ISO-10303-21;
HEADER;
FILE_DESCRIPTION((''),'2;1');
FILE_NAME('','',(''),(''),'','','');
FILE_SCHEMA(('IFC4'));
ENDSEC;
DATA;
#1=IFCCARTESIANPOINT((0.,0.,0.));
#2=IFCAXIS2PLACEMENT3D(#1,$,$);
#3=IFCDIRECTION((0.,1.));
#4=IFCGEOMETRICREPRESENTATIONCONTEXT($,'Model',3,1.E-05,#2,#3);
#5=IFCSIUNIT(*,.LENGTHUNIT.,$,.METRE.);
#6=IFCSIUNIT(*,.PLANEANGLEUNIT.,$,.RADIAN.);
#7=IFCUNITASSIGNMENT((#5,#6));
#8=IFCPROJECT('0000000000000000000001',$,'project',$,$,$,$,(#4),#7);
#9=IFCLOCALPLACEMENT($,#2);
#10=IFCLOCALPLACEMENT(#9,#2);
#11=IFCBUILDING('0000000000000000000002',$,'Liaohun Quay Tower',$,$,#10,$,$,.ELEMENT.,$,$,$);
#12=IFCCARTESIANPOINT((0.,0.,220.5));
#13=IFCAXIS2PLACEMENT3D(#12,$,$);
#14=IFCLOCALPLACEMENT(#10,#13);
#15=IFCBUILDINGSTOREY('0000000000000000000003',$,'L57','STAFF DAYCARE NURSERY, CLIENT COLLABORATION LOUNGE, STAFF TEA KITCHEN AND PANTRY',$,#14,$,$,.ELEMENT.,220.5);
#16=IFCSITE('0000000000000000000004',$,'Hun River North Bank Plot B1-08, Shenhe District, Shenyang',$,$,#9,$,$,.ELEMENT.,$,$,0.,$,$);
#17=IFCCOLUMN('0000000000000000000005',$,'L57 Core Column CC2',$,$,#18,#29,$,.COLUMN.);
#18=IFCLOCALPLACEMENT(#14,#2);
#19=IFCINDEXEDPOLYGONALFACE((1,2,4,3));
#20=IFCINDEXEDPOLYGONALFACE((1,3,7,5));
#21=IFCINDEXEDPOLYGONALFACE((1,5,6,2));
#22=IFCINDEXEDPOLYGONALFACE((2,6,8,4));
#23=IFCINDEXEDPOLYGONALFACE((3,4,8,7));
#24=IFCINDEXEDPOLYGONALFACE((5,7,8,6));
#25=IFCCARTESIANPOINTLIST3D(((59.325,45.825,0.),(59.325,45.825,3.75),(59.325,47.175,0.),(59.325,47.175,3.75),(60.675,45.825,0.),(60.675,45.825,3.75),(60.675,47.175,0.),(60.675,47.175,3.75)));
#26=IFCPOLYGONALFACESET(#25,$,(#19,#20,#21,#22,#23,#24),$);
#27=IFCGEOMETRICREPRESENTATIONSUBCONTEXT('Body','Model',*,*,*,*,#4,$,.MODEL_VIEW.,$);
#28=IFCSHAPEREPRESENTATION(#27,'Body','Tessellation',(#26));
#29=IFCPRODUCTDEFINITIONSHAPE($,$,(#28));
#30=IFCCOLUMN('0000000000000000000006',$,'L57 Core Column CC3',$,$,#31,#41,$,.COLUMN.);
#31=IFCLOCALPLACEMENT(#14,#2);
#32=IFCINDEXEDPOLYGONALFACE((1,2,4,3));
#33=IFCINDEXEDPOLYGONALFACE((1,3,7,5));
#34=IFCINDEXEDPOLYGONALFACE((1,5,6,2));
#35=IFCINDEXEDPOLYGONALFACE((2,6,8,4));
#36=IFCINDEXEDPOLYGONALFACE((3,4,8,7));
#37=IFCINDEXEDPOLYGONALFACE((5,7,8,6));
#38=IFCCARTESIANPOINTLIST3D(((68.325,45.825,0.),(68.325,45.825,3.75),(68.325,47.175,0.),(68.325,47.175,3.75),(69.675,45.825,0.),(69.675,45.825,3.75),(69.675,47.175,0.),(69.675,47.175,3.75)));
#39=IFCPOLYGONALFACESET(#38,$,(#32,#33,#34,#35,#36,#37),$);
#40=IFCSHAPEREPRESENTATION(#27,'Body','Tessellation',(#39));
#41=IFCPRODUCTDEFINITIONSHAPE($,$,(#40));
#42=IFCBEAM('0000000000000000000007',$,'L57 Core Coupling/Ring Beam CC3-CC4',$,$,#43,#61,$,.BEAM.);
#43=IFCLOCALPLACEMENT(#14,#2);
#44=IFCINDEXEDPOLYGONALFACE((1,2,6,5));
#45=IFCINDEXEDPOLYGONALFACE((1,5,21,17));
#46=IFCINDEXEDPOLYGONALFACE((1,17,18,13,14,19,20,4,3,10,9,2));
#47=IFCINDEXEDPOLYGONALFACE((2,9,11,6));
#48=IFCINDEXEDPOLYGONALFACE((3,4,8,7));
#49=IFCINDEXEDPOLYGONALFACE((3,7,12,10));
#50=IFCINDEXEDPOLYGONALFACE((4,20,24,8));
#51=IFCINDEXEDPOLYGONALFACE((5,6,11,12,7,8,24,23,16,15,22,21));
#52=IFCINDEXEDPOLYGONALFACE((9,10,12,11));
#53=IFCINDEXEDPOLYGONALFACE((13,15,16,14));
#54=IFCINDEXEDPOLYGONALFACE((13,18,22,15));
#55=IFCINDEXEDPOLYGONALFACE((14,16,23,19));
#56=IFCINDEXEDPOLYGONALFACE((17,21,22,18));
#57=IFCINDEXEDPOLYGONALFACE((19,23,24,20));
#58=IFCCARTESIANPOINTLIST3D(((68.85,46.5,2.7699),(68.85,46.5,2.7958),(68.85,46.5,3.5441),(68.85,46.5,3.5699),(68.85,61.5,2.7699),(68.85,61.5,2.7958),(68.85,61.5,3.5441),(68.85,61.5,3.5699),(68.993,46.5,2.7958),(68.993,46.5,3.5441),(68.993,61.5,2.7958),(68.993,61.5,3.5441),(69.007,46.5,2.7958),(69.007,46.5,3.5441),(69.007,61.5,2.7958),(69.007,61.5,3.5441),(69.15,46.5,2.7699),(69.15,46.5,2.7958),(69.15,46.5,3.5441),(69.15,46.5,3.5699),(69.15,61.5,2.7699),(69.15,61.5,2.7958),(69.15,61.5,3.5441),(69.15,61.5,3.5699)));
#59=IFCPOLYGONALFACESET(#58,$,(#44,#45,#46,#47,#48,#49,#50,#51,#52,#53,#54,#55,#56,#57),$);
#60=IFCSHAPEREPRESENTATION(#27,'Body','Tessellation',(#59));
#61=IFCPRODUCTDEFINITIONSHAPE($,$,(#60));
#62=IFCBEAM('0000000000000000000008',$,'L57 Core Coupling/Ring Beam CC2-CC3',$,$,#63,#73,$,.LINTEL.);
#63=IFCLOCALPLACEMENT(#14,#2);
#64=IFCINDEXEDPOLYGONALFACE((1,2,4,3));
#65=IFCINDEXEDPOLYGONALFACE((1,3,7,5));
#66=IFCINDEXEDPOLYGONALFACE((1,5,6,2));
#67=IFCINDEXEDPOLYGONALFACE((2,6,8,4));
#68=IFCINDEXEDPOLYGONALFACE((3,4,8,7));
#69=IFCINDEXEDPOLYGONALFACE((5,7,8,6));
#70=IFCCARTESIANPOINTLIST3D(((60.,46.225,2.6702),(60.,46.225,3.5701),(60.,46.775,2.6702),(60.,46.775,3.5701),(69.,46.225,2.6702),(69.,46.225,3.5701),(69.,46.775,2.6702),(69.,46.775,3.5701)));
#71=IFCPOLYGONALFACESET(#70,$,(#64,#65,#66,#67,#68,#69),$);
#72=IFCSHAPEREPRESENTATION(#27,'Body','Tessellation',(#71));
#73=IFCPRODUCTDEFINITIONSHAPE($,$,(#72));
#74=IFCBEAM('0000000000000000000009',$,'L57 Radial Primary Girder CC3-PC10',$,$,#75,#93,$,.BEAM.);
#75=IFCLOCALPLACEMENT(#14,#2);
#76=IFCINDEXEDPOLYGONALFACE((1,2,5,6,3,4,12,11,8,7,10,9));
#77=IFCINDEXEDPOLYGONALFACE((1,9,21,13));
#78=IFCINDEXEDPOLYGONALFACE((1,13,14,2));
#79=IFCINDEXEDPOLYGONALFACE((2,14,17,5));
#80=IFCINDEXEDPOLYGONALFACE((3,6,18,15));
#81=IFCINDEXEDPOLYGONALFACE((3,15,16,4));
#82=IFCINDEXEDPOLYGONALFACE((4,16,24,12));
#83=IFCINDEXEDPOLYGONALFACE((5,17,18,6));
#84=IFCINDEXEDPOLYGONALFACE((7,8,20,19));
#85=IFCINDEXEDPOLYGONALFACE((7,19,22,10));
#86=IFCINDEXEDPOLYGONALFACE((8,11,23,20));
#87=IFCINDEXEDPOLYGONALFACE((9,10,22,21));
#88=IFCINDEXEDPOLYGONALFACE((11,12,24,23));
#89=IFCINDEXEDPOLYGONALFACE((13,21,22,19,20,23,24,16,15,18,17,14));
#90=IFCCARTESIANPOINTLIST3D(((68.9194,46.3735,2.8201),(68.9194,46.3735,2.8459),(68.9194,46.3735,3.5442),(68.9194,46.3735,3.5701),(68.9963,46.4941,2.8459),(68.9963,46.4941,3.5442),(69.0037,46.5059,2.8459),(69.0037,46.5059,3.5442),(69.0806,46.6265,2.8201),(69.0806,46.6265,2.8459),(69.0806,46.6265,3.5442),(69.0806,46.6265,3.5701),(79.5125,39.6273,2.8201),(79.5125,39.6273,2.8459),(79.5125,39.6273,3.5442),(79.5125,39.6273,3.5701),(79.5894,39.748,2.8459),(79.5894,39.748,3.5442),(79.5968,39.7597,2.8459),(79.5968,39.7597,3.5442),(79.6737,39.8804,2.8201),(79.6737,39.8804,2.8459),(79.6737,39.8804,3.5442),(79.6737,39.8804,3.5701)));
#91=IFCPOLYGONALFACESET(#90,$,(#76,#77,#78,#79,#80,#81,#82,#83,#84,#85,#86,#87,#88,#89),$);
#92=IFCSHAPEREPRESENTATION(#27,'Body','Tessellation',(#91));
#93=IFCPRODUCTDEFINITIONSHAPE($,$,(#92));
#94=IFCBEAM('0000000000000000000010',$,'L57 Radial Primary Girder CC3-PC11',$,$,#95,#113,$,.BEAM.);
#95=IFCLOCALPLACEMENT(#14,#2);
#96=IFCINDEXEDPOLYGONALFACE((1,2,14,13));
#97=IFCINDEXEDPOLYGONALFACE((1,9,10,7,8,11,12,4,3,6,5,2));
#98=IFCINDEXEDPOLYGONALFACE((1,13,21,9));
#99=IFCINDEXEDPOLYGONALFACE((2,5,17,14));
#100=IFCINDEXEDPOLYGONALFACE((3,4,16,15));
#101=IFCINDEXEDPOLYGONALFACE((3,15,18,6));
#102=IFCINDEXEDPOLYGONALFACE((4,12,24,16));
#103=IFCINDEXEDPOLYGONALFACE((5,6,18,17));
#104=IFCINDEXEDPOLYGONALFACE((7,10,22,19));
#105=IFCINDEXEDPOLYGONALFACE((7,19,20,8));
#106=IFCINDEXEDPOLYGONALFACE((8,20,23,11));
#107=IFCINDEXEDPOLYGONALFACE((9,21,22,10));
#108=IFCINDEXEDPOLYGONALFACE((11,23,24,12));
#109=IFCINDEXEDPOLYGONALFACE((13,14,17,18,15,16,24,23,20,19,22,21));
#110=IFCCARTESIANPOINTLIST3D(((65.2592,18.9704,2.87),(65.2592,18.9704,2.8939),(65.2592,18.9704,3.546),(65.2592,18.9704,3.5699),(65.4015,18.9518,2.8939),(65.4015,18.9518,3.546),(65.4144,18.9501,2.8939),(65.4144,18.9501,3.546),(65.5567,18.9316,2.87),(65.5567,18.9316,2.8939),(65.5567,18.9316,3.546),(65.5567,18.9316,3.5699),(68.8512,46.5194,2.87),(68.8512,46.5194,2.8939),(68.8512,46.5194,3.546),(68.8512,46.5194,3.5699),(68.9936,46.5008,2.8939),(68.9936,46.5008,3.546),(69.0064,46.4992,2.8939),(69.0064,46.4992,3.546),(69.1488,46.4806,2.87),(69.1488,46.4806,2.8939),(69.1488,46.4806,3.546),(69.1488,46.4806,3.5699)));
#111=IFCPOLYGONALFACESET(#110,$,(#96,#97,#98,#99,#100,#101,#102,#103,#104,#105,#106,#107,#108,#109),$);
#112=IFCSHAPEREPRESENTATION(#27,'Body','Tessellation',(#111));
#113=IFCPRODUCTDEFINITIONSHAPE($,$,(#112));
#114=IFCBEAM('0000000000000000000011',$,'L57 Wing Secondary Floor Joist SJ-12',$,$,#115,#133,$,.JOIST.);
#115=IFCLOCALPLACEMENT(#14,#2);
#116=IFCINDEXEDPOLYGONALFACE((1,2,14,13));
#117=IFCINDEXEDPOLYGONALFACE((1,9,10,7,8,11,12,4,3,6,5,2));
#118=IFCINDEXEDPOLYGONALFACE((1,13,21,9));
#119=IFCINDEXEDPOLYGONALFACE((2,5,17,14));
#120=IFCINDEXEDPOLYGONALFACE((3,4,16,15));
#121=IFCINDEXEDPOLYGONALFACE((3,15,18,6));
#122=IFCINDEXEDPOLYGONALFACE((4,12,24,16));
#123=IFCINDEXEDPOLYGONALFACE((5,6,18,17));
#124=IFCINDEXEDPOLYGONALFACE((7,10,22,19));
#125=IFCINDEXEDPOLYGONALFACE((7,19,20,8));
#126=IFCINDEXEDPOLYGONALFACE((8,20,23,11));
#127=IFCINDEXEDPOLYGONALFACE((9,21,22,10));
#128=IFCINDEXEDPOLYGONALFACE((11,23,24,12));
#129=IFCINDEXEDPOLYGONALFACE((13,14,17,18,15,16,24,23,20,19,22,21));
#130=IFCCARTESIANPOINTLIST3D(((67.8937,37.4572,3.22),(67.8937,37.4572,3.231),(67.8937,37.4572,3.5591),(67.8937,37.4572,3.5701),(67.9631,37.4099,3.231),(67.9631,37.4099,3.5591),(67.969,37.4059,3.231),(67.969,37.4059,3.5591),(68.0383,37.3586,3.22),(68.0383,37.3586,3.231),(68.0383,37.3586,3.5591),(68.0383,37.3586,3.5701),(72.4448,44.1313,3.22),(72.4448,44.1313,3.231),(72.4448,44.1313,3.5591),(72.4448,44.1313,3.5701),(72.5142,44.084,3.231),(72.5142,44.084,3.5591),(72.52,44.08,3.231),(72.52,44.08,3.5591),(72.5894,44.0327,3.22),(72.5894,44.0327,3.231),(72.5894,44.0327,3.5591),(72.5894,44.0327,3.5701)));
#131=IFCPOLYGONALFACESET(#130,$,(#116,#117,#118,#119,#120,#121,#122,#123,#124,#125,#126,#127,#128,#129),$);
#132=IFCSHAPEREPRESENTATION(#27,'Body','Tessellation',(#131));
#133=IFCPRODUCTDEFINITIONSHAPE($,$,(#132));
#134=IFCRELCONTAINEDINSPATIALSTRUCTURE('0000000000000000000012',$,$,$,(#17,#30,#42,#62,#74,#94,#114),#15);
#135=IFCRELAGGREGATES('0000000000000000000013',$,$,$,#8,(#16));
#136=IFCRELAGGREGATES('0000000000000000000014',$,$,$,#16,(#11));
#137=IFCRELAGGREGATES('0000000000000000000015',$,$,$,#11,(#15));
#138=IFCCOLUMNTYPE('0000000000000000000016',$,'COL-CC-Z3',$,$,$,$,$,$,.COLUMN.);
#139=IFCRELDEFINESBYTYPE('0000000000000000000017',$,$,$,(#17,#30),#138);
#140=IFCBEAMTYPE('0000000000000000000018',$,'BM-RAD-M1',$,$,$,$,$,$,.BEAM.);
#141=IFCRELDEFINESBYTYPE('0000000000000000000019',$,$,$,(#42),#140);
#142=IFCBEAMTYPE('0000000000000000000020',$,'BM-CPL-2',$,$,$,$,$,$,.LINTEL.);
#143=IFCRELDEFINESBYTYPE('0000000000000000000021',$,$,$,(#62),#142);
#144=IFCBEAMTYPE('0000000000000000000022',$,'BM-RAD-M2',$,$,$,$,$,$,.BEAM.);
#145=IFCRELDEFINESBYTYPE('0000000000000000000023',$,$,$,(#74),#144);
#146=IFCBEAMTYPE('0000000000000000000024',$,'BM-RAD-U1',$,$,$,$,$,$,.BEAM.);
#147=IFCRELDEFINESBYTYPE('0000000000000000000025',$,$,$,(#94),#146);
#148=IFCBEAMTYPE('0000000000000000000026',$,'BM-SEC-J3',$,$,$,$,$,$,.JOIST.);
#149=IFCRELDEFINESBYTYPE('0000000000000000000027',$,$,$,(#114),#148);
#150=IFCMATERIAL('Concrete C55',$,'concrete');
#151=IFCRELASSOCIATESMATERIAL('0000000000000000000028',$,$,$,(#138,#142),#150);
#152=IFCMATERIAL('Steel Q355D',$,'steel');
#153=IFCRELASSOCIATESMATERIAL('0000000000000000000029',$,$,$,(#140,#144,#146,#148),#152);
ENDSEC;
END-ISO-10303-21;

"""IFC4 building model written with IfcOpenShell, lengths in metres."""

from ifc_helpers import new_model, si_unit, direction, frame, origin, origin_2d, place, context, subcontext, project, spatial, rectangle, i_section, extrude, source, transform, mapped, material, material_profile, profile_set, type_object, element, save


model = new_model("IFC4")

# Units and contexts
model_context = context("Model", 3, precision=1e-05, world=origin(), true_north=direction((0.0, 1.0)))
body_context = subcontext(model_context, "Body", "Model", "MODEL_VIEW")
ifc_project = project(units=[si_unit("LENGTHUNIT", "METRE"), si_unit("PLANEANGLEUNIT", "RADIAN")], contexts=[model_context])

# Site, building, storey
site_placement = place(None, origin())
site = spatial("IfcSite", under=ifc_project, at=site_placement, Name="Hun River North Bank Plot B1-08, Shenhe District, Shenyang", CompositionType="ELEMENT", RefElevation=0.0)
building_placement = place(site_placement, origin())
building = spatial("IfcBuilding", under=site, at=building_placement, Name="Liaohun Quay Tower", CompositionType="ELEMENT")
storey_placement = place(building_placement, frame((0.0, 0.0, 220.5)))
storey = spatial("IfcBuildingStorey", under=building, at=storey_placement, Name="L57", Description="STAFF DAYCARE NURSERY, CLIENT COLLABORATION LOUNGE, STAFF TEA KITCHEN AND PANTRY", CompositionType="ELEMENT", Elevation=220.5)

# Columns
ifc_material_1 = material(Name="Concrete C55", Category="concrete")
ifc_material_profile_1 = material_profile(ifc_material_1, rectangle(XDim=1.3501, YDim=1.3501, at=origin_2d()), Name="RC1350x1350")
ifc_profile_set_1 = profile_set([ifc_material_profile_1], Name="Concrete C55")
column_type = type_object("IfcColumnType", Name="COL-CC-Z3", PredefinedType="COLUMN", material=ifc_profile_set_1)
shared_shape_1 = source(origin(), body_context, "Body", "SweptSolid", [
    extrude(rectangle(XDim=1.3501, YDim=1.3501, at=origin_2d()), origin(), (0.0, 0.0, 1.0), 3.75),
])
for number, where, z_axis, x_axis, name in (
    (1, (60.0, 46.5, 0.0), (0.0, 0.0, 1.0), (1.0, 0.0, 0.0), "L57 Core Column CC2"),
    (2, (69.0, 46.5, 0.0), (0.0, 0.0, 1.0), (1.0, 0.0, 0.0), "L57 Core Column CC3"),
):
    element("IfcColumn", number, at=place(storey_placement, frame(where, z_axis=z_axis, x_axis=x_axis)), inside=storey, type_object=column_type, Name=name, PredefinedType="COLUMN", context=body_context, shape_type="MappedRepresentation", body=[
        mapped(shared_shape_1, transform((0.0, 0.0, 0.0), x_axis=(1.0, 0.0, 0.0), y_axis=(0.0, 1.0, 0.0), z_axis=(0.0, 0.0, 1.0), scale=1.0)),
    ])

# Beams
ifc_material_2 = material(Name="Steel Q355D", Category="steel")
ifc_material_profile_2 = material_profile(ifc_material_2, i_section(OverallWidth=0.3, OverallDepth=0.8, WebThickness=0.0139, FlangeThickness=0.0259, at=origin_2d()), Name="HN800x300x14x26")
ifc_profile_set_2 = profile_set([ifc_material_profile_2], Name="Steel Q355D")
beam_type_1 = type_object("IfcBeamType", Name="BM-RAD-M1", PredefinedType="BEAM", material=ifc_profile_set_2)
shared_shape_2 = source(origin(), body_context, "Body", "SweptSolid", [
    extrude(i_section(OverallWidth=0.3, OverallDepth=0.8, WebThickness=0.0139, FlangeThickness=0.0259, at=origin_2d()), origin(), (0.0, 0.0, 1.0), 15.0),
])
beam_1_placement = place(storey_placement, frame((69.0, 46.5, 3.1699), z_axis=(0.0, 1.0, 0.0), x_axis=(-1.0, 0.0, 0.0)))
element("IfcBeam", 3, at=beam_1_placement, inside=storey, type_object=beam_type_1, Name="L57 Core Coupling/Ring Beam CC3-CC4", PredefinedType="BEAM", context=body_context, shape_type="MappedRepresentation", body=[
    mapped(shared_shape_2, transform((0.0, 0.0, 0.0), x_axis=(1.0, 0.0, 0.0), y_axis=(0.0, 1.0, 0.0), z_axis=(0.0, 0.0, 1.0), scale=1.0)),
])
ifc_material_profile_3 = material_profile(ifc_material_1, rectangle(XDim=0.55, YDim=0.8999, at=origin_2d()), Name="RC550x900")
ifc_profile_set_3 = profile_set([ifc_material_profile_3], Name="Concrete C55")
beam_type_2 = type_object("IfcBeamType", Name="BM-CPL-2", PredefinedType="LINTEL", material=ifc_profile_set_3)
shared_shape_3 = source(origin(), body_context, "Body", "SweptSolid", [
    extrude(rectangle(XDim=0.55, YDim=0.8999, at=origin_2d()), origin(), (0.0, 0.0, 1.0), 9.0),
])
beam_2_placement = place(storey_placement, frame((60.0, 46.5, 3.1201), z_axis=(1.0, 0.0, 0.0), x_axis=(0.0, 1.0, 0.0)))
element("IfcBeam", 4, at=beam_2_placement, inside=storey, type_object=beam_type_2, Name="L57 Core Coupling/Ring Beam CC2-CC3", PredefinedType="LINTEL", context=body_context, shape_type="MappedRepresentation", body=[
    mapped(shared_shape_3, transform((0.0, 0.0, 0.0), x_axis=(1.0, 0.0, 0.0), y_axis=(0.0, 1.0, 0.0), z_axis=(0.0, 0.0, 1.0), scale=1.0)),
])
ifc_material_profile_4 = material_profile(ifc_material_2, i_section(OverallWidth=0.3, OverallDepth=0.75, WebThickness=0.0139, FlangeThickness=0.0259, at=origin_2d()), Name="HN750x300x14x26")
ifc_profile_set_4 = profile_set([ifc_material_profile_4], Name="Steel Q355D")
beam_type_3 = type_object("IfcBeamType", Name="BM-RAD-M2", PredefinedType="BEAM", material=ifc_profile_set_4)
shared_shape_4 = source(origin(), body_context, "Body", "SweptSolid", [
    extrude(i_section(OverallWidth=0.3, OverallDepth=0.75, WebThickness=0.0139, FlangeThickness=0.0259, at=origin_2d()), origin(), (0.0, 0.0, 1.0), 12.5588),
])
beam_3_placement = place(storey_placement, frame((69.0, 46.5, 3.1951), z_axis=(0.843478, -0.537164, 0.0), x_axis=(0.537164, 0.843478, 0.0)))
element("IfcBeam", 5, at=beam_3_placement, inside=storey, type_object=beam_type_3, Name="L57 Radial Primary Girder CC3-PC10", PredefinedType="BEAM", context=body_context, shape_type="MappedRepresentation", body=[
    mapped(shared_shape_4, transform((0.0, 0.0, 0.0), x_axis=(1.0, 0.0, 0.0), y_axis=(0.0, 1.0, 0.0), z_axis=(0.0, 0.0, 1.0), scale=1.0)),
])
ifc_material_profile_5 = material_profile(ifc_material_2, i_section(OverallWidth=0.3, OverallDepth=0.7, WebThickness=0.0129, FlangeThickness=0.0239, at=origin_2d()), Name="HN700x300x13x24")
ifc_profile_set_5 = profile_set([ifc_material_profile_5], Name="Steel Q355D")
beam_type_4 = type_object("IfcBeamType", Name="BM-RAD-U1", PredefinedType="BEAM", material=ifc_profile_set_5)
shared_shape_5 = source(origin(), body_context, "Body", "SweptSolid", [
    extrude(i_section(OverallWidth=0.3, OverallDepth=0.7, WebThickness=0.0129, FlangeThickness=0.0239, at=origin_2d()), origin(), (0.0, 0.0, 1.0), 27.7822),
])
beam_4_placement = place(storey_placement, frame((69.0, 46.5, 3.22), z_axis=(-0.129293, -0.991606, 0.0), x_axis=(0.991606, -0.129293, 0.0)))
element("IfcBeam", 6, at=beam_4_placement, inside=storey, type_object=beam_type_4, Name="L57 Radial Primary Girder CC3-PC11", PredefinedType="BEAM", context=body_context, shape_type="MappedRepresentation", body=[
    mapped(shared_shape_5, transform((0.0, 0.0, 0.0), x_axis=(1.0, 0.0, 0.0), y_axis=(0.0, 1.0, 0.0), z_axis=(0.0, 0.0, 1.0), scale=1.0)),
])
ifc_material_profile_6 = material_profile(ifc_material_2, i_section(OverallWidth=0.175, OverallDepth=0.3501, WebThickness=0.0071, FlangeThickness=0.011, at=origin_2d()), Name="HN350x175x7x11")
ifc_profile_set_6 = profile_set([ifc_material_profile_6], Name="Steel Q355D")
beam_type_5 = type_object("IfcBeamType", Name="BM-SEC-J3", PredefinedType="JOIST", material=ifc_profile_set_6)
shared_shape_6 = source(origin(), body_context, "Body", "SweptSolid", [
    extrude(i_section(OverallWidth=0.175, OverallDepth=0.3501, WebThickness=0.0071, FlangeThickness=0.011, at=origin_2d()), origin(), (0.0, 0.0, 1.0), 8.0781),
])
beam_5_placement = place(storey_placement, frame((72.5171, 44.082, 3.395), z_axis=(-0.563381, -0.826197, 0.0), x_axis=(0.826197, -0.563381, 0.0)))
element("IfcBeam", 7, at=beam_5_placement, inside=storey, type_object=beam_type_5, Name="L57 Wing Secondary Floor Joist SJ-12", PredefinedType="JOIST", context=body_context, shape_type="MappedRepresentation", body=[
    mapped(shared_shape_6, transform((0.0, 0.0, 0.0), x_axis=(1.0, 0.0, 0.0), y_axis=(0.0, 1.0, 0.0), z_axis=(0.0, 0.0, 1.0), scale=1.0)),
])

save(model, "model.ifc")
